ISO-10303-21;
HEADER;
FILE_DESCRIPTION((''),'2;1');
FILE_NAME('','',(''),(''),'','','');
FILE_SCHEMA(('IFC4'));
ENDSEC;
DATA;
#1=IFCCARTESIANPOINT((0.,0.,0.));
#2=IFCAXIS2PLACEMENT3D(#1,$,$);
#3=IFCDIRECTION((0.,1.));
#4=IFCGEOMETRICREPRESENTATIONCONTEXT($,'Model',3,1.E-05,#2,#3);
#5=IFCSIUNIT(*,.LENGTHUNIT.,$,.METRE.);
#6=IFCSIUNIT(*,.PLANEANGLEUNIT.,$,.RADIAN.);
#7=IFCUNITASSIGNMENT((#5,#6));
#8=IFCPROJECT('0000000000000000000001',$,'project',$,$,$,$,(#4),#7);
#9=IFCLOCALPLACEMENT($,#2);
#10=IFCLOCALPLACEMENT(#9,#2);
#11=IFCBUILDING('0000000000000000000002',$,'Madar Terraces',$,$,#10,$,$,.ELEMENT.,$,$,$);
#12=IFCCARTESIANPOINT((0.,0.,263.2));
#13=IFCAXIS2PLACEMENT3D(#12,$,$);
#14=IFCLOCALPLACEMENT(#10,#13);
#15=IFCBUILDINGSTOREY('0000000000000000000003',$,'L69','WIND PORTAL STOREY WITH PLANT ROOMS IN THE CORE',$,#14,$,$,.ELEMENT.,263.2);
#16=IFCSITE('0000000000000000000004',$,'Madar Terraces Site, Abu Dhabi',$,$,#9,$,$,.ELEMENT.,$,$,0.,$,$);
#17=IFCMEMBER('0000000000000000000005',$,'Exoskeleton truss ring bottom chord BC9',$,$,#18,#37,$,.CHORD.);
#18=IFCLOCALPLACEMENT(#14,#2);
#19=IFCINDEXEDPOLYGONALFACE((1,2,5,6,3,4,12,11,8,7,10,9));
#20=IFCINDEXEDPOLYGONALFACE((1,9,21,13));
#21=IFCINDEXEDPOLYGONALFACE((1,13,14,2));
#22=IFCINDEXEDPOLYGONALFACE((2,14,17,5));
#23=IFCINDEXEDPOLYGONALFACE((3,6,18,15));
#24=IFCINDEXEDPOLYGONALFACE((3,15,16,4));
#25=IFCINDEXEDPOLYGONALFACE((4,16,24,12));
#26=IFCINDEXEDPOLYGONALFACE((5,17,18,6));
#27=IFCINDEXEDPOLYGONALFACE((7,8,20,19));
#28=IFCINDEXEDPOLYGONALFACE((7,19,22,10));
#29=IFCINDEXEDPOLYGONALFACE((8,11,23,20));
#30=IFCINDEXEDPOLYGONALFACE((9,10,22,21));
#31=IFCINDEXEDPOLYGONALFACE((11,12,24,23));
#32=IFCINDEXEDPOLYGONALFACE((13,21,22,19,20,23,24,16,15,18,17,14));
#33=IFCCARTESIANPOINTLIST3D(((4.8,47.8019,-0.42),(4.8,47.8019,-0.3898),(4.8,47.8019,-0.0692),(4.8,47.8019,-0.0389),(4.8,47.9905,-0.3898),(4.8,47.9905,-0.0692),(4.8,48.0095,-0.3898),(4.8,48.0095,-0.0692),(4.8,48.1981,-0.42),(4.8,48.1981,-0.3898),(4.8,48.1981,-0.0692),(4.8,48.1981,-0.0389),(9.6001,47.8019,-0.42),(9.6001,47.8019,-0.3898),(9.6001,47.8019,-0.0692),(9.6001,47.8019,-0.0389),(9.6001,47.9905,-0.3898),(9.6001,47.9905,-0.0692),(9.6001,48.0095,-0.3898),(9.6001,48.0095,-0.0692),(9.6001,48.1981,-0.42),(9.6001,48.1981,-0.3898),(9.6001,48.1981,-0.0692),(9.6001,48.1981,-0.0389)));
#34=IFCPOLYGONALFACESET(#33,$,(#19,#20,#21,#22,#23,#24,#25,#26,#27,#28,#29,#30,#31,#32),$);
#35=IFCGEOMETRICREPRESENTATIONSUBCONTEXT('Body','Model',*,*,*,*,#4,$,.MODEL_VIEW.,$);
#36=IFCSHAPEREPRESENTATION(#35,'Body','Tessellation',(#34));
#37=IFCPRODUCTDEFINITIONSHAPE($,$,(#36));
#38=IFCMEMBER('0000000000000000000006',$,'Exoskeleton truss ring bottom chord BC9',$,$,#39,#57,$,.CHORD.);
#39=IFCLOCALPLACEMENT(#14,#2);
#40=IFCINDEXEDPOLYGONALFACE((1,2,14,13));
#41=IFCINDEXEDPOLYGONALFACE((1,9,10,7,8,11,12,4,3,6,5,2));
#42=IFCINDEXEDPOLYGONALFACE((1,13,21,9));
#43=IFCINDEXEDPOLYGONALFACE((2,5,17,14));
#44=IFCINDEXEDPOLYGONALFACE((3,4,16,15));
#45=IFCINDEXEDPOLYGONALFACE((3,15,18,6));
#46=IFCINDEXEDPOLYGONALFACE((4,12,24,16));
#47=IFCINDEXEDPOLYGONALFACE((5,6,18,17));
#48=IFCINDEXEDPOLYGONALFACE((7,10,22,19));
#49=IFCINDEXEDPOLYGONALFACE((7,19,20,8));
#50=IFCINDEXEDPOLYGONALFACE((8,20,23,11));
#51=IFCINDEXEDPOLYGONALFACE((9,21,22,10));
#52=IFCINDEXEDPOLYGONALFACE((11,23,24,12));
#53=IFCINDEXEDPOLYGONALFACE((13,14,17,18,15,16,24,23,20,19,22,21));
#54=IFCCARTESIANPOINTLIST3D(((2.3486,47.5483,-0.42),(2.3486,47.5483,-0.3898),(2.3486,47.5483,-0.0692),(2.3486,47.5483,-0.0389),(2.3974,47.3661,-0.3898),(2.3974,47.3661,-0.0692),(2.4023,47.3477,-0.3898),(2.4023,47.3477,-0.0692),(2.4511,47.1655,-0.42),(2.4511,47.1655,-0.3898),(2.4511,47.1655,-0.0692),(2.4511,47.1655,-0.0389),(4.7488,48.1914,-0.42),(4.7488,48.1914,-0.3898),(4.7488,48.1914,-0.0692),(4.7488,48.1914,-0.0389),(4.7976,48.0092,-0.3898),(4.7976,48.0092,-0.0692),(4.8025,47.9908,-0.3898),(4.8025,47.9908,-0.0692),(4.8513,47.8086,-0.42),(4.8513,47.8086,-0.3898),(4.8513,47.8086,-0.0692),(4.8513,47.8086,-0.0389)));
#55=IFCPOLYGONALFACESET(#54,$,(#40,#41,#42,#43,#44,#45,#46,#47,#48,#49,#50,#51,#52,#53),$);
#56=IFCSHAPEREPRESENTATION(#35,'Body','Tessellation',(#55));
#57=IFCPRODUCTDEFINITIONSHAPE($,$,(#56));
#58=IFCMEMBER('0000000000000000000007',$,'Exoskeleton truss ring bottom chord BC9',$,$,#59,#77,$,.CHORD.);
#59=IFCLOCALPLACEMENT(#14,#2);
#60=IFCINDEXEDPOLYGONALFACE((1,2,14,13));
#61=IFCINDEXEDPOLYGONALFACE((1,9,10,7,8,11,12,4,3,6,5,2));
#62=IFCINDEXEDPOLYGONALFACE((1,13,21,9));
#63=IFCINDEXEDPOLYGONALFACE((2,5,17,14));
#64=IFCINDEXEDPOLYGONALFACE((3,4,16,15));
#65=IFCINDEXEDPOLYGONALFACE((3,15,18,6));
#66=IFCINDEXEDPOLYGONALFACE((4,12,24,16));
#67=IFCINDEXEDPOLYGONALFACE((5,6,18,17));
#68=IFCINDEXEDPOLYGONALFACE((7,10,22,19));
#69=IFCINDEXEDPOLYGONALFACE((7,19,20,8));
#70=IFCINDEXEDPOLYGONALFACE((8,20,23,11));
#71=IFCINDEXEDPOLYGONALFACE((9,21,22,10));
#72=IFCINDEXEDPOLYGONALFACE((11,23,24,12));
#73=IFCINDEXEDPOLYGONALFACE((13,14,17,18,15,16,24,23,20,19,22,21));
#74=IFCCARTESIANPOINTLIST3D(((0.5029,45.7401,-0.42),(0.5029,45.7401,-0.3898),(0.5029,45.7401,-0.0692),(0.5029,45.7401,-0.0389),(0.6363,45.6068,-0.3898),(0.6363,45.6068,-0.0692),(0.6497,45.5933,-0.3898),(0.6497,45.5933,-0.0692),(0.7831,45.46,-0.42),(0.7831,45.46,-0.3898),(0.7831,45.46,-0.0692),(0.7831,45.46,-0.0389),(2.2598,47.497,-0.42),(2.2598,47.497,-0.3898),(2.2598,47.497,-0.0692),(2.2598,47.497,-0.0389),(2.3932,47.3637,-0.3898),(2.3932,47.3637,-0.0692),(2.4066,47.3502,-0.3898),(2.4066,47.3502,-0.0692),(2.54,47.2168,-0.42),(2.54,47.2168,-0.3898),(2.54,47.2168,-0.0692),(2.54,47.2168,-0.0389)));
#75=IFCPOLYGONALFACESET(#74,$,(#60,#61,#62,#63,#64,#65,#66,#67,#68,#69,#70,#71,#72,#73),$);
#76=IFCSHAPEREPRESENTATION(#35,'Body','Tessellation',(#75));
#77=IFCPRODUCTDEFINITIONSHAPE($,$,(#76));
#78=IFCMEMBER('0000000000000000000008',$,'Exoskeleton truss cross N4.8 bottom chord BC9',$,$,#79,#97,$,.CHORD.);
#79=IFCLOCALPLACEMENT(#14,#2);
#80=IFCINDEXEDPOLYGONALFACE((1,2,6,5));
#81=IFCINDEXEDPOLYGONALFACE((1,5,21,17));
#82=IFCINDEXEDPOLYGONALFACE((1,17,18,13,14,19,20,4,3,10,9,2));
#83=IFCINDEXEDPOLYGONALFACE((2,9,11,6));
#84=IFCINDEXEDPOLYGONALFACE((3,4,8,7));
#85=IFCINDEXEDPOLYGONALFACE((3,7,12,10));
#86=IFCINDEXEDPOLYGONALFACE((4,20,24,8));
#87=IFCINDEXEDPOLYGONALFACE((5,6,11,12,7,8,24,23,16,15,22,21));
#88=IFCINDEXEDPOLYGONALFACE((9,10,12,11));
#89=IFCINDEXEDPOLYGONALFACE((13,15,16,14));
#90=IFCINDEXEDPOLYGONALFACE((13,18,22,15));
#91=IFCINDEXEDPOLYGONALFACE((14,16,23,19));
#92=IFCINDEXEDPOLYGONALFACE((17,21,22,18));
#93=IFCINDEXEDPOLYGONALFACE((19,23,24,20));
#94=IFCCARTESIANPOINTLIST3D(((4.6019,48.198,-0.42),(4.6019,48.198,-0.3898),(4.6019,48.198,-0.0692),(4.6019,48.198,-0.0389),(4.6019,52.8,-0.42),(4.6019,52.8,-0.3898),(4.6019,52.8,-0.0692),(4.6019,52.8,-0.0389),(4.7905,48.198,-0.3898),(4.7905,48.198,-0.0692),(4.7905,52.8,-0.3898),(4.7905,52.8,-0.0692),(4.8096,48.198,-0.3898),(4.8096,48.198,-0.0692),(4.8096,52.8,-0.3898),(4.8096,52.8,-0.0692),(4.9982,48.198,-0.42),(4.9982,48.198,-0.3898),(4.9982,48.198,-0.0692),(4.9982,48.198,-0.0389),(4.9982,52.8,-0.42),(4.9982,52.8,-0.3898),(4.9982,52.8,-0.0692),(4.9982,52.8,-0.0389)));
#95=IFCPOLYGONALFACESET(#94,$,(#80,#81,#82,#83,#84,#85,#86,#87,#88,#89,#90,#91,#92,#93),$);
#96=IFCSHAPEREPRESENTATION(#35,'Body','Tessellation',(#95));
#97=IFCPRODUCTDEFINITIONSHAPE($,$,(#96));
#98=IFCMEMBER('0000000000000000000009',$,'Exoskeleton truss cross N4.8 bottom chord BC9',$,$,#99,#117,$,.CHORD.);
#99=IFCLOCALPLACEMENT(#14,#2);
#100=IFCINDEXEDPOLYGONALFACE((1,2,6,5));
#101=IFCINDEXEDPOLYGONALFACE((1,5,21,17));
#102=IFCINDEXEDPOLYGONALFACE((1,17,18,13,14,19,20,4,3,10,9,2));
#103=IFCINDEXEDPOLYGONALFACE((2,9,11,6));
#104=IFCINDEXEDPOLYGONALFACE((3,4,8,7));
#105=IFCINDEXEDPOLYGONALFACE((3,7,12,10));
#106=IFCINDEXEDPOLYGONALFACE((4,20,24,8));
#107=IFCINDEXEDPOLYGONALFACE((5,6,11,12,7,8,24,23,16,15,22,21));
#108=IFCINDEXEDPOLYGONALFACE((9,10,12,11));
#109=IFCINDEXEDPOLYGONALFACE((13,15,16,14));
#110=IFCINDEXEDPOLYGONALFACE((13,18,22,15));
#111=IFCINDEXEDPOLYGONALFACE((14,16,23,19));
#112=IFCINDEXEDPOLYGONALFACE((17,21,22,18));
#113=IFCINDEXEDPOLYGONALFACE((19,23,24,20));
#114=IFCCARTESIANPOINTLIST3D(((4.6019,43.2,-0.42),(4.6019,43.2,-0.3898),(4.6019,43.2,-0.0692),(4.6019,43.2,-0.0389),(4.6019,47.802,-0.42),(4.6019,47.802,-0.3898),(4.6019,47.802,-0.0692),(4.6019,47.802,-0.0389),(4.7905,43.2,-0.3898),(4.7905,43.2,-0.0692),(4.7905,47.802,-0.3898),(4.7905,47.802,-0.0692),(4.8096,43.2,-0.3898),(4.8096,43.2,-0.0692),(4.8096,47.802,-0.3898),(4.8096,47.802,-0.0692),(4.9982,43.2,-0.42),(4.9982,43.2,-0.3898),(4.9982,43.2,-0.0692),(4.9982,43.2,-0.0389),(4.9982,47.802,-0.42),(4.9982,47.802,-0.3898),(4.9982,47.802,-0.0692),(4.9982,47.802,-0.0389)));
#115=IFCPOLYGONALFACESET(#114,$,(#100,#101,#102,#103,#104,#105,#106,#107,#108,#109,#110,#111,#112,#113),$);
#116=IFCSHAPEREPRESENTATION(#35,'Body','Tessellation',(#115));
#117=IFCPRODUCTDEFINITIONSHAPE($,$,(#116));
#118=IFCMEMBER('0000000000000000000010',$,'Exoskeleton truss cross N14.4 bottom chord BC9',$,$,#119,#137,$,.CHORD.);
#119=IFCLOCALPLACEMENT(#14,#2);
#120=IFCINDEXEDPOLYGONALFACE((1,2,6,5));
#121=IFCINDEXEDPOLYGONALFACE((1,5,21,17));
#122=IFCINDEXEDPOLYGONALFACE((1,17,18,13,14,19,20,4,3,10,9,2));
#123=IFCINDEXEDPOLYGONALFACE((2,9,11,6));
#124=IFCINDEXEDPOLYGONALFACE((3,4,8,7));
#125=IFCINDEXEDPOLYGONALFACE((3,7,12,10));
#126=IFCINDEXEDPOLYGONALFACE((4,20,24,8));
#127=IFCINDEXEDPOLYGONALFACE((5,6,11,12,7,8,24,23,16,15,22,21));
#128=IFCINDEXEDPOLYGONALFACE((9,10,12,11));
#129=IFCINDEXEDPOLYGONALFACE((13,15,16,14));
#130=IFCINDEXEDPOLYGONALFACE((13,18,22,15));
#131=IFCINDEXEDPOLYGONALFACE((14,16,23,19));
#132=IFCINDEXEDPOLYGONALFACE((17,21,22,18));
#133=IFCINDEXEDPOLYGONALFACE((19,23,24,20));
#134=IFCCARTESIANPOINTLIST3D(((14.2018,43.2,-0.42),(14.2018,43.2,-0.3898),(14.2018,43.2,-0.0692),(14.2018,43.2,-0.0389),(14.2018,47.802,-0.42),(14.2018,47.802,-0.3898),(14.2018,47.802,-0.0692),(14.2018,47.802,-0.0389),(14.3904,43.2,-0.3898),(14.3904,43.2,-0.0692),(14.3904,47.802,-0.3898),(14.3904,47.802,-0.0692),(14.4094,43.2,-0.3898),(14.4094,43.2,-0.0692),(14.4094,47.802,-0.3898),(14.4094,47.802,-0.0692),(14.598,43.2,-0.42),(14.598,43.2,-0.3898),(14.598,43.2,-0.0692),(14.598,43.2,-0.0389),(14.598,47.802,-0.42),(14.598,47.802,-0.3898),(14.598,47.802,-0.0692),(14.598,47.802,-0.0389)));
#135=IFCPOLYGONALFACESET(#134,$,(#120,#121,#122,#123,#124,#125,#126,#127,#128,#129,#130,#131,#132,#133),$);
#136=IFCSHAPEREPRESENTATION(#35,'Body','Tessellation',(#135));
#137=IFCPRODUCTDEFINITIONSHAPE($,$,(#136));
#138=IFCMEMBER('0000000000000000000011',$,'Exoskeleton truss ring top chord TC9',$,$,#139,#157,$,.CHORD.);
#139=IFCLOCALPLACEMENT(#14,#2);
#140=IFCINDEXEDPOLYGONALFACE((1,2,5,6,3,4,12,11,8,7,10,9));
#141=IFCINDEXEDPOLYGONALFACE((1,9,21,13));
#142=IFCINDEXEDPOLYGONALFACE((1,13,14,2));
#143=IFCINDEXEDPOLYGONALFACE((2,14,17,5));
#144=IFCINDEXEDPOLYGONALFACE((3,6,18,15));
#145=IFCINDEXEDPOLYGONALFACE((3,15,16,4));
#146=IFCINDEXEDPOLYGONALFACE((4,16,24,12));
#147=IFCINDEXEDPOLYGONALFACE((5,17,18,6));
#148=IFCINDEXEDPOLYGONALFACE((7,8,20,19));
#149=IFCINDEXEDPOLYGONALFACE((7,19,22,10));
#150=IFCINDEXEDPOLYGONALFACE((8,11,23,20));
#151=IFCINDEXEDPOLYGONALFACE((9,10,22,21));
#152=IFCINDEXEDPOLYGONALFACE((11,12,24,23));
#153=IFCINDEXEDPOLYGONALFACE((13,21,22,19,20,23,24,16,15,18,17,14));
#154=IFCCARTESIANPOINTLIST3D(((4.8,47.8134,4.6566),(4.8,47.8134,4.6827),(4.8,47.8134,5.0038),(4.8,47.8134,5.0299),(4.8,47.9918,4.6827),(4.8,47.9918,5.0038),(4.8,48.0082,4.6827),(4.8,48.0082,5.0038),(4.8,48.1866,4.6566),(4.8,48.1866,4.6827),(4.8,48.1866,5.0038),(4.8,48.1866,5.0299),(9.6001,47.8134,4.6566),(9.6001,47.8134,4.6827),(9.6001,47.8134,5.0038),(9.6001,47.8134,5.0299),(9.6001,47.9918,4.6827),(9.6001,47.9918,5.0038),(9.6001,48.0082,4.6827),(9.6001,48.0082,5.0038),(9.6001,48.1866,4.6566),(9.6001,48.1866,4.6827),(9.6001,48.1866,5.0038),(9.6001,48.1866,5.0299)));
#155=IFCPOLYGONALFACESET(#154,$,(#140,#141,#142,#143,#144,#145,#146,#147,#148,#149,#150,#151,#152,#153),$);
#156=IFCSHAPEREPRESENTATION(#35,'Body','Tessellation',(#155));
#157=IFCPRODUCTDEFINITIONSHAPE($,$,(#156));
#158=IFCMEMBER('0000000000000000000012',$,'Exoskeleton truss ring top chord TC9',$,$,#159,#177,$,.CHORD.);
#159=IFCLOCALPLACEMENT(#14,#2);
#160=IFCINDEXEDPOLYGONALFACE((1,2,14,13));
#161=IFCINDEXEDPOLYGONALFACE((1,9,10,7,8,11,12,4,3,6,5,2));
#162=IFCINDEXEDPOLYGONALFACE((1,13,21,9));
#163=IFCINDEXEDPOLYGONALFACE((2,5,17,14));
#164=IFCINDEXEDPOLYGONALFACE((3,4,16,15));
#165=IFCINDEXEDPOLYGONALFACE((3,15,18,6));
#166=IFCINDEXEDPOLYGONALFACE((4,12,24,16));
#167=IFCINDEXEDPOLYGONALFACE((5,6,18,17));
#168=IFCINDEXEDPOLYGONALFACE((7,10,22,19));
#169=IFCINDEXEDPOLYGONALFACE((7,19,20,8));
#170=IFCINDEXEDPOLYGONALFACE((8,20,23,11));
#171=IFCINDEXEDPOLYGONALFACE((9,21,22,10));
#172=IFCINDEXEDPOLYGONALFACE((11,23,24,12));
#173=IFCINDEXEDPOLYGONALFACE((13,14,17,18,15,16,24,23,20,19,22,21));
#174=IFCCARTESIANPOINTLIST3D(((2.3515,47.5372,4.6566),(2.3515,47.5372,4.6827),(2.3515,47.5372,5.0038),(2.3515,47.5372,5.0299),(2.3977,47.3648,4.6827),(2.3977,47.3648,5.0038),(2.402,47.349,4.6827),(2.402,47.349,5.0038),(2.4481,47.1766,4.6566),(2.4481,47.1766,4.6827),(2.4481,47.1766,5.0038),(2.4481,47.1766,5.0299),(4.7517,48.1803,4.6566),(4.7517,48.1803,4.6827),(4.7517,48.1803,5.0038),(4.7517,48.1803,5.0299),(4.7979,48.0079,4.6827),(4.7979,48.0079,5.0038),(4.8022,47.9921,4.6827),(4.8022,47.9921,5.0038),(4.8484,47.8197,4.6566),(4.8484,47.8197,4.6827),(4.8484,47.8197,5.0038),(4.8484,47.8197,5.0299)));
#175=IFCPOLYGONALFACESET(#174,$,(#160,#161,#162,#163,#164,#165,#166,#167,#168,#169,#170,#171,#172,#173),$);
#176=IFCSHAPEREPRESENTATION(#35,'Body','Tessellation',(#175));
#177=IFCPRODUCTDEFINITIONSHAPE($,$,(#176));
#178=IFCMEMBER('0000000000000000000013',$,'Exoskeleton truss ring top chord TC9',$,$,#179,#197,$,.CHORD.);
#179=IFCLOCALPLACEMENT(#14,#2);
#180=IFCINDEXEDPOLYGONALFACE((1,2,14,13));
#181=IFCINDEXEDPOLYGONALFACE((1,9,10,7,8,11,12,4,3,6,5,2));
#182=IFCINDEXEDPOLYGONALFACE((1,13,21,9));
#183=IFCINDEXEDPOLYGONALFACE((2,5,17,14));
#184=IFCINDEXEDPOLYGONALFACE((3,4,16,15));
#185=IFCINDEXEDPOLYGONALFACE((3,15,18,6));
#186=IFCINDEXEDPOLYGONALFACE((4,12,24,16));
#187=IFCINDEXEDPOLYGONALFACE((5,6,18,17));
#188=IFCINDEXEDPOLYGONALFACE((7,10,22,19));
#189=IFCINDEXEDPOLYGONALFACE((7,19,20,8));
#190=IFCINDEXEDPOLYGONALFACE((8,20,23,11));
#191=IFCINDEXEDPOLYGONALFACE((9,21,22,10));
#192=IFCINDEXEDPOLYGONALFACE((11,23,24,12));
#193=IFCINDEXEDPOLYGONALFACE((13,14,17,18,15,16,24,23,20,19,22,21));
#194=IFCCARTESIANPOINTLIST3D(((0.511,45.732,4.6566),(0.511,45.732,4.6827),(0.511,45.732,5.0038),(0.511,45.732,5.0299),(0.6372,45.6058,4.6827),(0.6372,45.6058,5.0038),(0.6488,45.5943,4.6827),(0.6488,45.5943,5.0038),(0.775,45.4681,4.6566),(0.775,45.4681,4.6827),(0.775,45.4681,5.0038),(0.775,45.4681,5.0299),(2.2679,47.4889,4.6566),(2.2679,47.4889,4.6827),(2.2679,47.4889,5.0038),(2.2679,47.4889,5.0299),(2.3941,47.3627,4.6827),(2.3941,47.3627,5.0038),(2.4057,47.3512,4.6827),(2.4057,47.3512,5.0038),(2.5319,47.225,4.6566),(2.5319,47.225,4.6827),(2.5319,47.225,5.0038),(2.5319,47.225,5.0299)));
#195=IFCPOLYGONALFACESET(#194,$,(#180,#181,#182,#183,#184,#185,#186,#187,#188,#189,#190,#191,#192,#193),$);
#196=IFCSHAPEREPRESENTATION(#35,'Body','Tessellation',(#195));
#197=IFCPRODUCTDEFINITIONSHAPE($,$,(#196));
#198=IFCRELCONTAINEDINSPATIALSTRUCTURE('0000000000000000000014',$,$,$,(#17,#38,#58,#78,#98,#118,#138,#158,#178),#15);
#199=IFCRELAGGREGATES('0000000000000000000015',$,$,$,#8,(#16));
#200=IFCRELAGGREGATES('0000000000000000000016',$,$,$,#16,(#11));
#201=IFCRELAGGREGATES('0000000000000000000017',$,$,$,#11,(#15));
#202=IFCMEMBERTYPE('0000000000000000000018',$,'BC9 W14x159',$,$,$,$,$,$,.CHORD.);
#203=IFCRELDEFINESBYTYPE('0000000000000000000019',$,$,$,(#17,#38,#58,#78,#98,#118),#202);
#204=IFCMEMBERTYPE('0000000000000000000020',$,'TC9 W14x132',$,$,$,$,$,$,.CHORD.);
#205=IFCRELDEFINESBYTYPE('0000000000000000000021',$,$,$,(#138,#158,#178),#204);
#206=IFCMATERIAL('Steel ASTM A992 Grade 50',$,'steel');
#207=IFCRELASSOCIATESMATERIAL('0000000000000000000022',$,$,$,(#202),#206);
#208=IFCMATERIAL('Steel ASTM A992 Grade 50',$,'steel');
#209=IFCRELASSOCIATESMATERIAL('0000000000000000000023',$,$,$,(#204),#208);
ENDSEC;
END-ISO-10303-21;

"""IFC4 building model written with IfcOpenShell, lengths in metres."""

from ifc_helpers import new_model, si_unit, direction, frame, origin, origin_2d, place, context, subcontext, project, spatial, i_section, extrude, material, material_profile, profile_set, type_object, element, save


model = new_model("IFC4")

# Units and contexts
model_context = context("Model", 3, precision=1e-05, world=origin(), true_north=direction((0.0, 1.0)))
body_context = subcontext(model_context, "Body", "Model", "MODEL_VIEW")
ifc_project = project(units=[si_unit("LENGTHUNIT", "METRE"), si_unit("PLANEANGLEUNIT", "RADIAN")], contexts=[model_context])

# Site, building, storey
site_placement = place(None, origin())
site = spatial("IfcSite", under=ifc_project, at=site_placement, Name="Madar Terraces Site, Abu Dhabi", CompositionType="ELEMENT", RefElevation=0.0)
building_placement = place(site_placement, origin())
building = spatial("IfcBuilding", under=site, at=building_placement, Name="Madar Terraces", CompositionType="ELEMENT")
storey_placement = place(building_placement, frame((0.0, 0.0, 263.2)))
storey = spatial("IfcBuildingStorey", under=building, at=storey_placement, Name="L69", Description="WIND PORTAL STOREY WITH PLANT ROOMS IN THE CORE", CompositionType="ELEMENT", Elevation=263.2)

# Members
ifc_material_1 = material(Name="Steel ASTM A992 Grade 50", Category="steel")
ifc_material_profile_1 = material_profile(ifc_material_1, i_section(OverallWidth=0.3962, OverallDepth=0.3811, WebThickness=0.019, FlangeThickness=0.0303, at=origin_2d()), Name="W14x159")
ifc_profile_set_1 = profile_set([ifc_material_profile_1], Name="Steel ASTM A992 Grade 50")
member_type_1 = type_object("IfcMemberType", Name="BC9 W14x159", PredefinedType="CHORD", material=ifc_profile_set_1)
member_1_placement = place(storey_placement, frame((9.6001, 48.0, -0.2295), z_axis=(-1.0, 0.0, 0.0), x_axis=(0.0, -1.0, 0.0)))
element("IfcMember", 1, at=member_1_placement, inside=storey, type_object=member_type_1, Name="Exoskeleton truss ring bottom chord BC9", PredefinedType="CHORD", context=body_context, shape_type="SweptSolid", body=[
    extrude(i_section(OverallWidth=0.3962, OverallDepth=0.3811, WebThickness=0.019, FlangeThickness=0.0303, at=origin_2d()), origin(), (0.0, 0.0, 1.0), 4.8),
])
member_2_placement = place(storey_placement, frame((4.8, 48.0, -0.2295), z_axis=(-0.965931, -0.2588, 0.0), x_axis=(0.2588, -0.965931, 0.0)))
element("IfcMember", 2, at=member_2_placement, inside=storey, type_object=member_type_1, Name="Exoskeleton truss ring bottom chord BC9", PredefinedType="CHORD", context=body_context, shape_type="SweptSolid", body=[
    extrude(i_section(OverallWidth=0.3962, OverallDepth=0.3811, WebThickness=0.019, FlangeThickness=0.0303, at=origin_2d()), origin(), (0.0, 0.0, 1.0), 2.4849),
])
member_3_placement = place(storey_placement, frame((2.3999, 47.3569, -0.2295), z_axis=(-0.707107, -0.707107, 0.0), x_axis=(0.707107, -0.707107, 0.0)))
element("IfcMember", 3, at=member_3_placement, inside=storey, type_object=member_type_1, Name="Exoskeleton truss ring bottom chord BC9", PredefinedType="CHORD", context=body_context, shape_type="SweptSolid", body=[
    extrude(i_section(OverallWidth=0.3962, OverallDepth=0.3811, WebThickness=0.019, FlangeThickness=0.0303, at=origin_2d()), origin(), (0.0, 0.0, 1.0), 2.4846),
])
for number, where, z_axis, x_axis, name in (
    (4, (4.8, 52.8, -0.2295), (0.0, -1.0, 0.0), (1.0, 0.0, 0.0), "Exoskeleton truss cross N4.8 bottom chord BC9"),
    (5, (4.8, 47.802, -0.2295), (0.0, -1.0, 0.0), (1.0, 0.0, 0.0), "Exoskeleton truss cross N4.8 bottom chord BC9"),
    (6, (14.3999, 47.802, -0.2295), (0.0, -1.0, 0.0), (1.0, 0.0, 0.0), "Exoskeleton truss cross N14.4 bottom chord BC9"),
):
    element("IfcMember", number, at=place(storey_placement, frame(where, z_axis=z_axis, x_axis=x_axis)), inside=storey, type_object=member_type_1, Name=name, PredefinedType="CHORD", context=body_context, shape_type="SweptSolid", body=[
        extrude(i_section(OverallWidth=0.3962, OverallDepth=0.3811, WebThickness=0.019, FlangeThickness=0.0303, at=origin_2d()), origin(), (0.0, 0.0, 1.0), 4.6021),
    ])
ifc_material_2 = material(Name="Steel ASTM A992 Grade 50", Category="steel")
ifc_material_profile_2 = material_profile(ifc_material_2, i_section(OverallWidth=0.3733, OverallDepth=0.3733, WebThickness=0.0164, FlangeThickness=0.0261, at=origin_2d()), Name="W14x132")
ifc_profile_set_2 = profile_set([ifc_material_profile_2], Name="Steel ASTM A992 Grade 50")
member_type_2 = type_object("IfcMemberType", Name="TC9 W14x132", PredefinedType="CHORD", material=ifc_profile_set_2)
member_4_placement = place(storey_placement, frame((9.6001, 48.0, 4.8433), z_axis=(-1.0, 0.0, 0.0), x_axis=(0.0, -1.0, 0.0)))
element("IfcMember", 7, at=member_4_placement, inside=storey, type_object=member_type_2, Name="Exoskeleton truss ring top chord TC9", PredefinedType="CHORD", context=body_context, shape_type="SweptSolid", body=[
    extrude(i_section(OverallWidth=0.3733, OverallDepth=0.3733, WebThickness=0.0164, FlangeThickness=0.0261, at=origin_2d()), origin(), (0.0, 0.0, 1.0), 4.8),
])
member_5_placement = place(storey_placement, frame((4.8, 48.0, 4.8433), z_axis=(-0.965931, -0.2588, 0.0), x_axis=(0.2588, -0.965931, 0.0)))
element("IfcMember", 8, at=member_5_placement, inside=storey, type_object=member_type_2, Name="Exoskeleton truss ring top chord TC9", PredefinedType="CHORD", context=body_context, shape_type="SweptSolid", body=[
    extrude(i_section(OverallWidth=0.3733, OverallDepth=0.3733, WebThickness=0.0164, FlangeThickness=0.0261, at=origin_2d()), origin(), (0.0, 0.0, 1.0), 2.4849),
])
member_6_placement = place(storey_placement, frame((2.3999, 47.3569, 4.8433), z_axis=(-0.707107, -0.707107, 0.0), x_axis=(0.707107, -0.707107, 0.0)))
element("IfcMember", 9, at=member_6_placement, inside=storey, type_object=member_type_2, Name="Exoskeleton truss ring top chord TC9", PredefinedType="CHORD", context=body_context, shape_type="SweptSolid", body=[
    extrude(i_section(OverallWidth=0.3733, OverallDepth=0.3733, WebThickness=0.0164, FlangeThickness=0.0261, at=origin_2d()), origin(), (0.0, 0.0, 1.0), 2.4846),
])

save(model, "model.ifc")
